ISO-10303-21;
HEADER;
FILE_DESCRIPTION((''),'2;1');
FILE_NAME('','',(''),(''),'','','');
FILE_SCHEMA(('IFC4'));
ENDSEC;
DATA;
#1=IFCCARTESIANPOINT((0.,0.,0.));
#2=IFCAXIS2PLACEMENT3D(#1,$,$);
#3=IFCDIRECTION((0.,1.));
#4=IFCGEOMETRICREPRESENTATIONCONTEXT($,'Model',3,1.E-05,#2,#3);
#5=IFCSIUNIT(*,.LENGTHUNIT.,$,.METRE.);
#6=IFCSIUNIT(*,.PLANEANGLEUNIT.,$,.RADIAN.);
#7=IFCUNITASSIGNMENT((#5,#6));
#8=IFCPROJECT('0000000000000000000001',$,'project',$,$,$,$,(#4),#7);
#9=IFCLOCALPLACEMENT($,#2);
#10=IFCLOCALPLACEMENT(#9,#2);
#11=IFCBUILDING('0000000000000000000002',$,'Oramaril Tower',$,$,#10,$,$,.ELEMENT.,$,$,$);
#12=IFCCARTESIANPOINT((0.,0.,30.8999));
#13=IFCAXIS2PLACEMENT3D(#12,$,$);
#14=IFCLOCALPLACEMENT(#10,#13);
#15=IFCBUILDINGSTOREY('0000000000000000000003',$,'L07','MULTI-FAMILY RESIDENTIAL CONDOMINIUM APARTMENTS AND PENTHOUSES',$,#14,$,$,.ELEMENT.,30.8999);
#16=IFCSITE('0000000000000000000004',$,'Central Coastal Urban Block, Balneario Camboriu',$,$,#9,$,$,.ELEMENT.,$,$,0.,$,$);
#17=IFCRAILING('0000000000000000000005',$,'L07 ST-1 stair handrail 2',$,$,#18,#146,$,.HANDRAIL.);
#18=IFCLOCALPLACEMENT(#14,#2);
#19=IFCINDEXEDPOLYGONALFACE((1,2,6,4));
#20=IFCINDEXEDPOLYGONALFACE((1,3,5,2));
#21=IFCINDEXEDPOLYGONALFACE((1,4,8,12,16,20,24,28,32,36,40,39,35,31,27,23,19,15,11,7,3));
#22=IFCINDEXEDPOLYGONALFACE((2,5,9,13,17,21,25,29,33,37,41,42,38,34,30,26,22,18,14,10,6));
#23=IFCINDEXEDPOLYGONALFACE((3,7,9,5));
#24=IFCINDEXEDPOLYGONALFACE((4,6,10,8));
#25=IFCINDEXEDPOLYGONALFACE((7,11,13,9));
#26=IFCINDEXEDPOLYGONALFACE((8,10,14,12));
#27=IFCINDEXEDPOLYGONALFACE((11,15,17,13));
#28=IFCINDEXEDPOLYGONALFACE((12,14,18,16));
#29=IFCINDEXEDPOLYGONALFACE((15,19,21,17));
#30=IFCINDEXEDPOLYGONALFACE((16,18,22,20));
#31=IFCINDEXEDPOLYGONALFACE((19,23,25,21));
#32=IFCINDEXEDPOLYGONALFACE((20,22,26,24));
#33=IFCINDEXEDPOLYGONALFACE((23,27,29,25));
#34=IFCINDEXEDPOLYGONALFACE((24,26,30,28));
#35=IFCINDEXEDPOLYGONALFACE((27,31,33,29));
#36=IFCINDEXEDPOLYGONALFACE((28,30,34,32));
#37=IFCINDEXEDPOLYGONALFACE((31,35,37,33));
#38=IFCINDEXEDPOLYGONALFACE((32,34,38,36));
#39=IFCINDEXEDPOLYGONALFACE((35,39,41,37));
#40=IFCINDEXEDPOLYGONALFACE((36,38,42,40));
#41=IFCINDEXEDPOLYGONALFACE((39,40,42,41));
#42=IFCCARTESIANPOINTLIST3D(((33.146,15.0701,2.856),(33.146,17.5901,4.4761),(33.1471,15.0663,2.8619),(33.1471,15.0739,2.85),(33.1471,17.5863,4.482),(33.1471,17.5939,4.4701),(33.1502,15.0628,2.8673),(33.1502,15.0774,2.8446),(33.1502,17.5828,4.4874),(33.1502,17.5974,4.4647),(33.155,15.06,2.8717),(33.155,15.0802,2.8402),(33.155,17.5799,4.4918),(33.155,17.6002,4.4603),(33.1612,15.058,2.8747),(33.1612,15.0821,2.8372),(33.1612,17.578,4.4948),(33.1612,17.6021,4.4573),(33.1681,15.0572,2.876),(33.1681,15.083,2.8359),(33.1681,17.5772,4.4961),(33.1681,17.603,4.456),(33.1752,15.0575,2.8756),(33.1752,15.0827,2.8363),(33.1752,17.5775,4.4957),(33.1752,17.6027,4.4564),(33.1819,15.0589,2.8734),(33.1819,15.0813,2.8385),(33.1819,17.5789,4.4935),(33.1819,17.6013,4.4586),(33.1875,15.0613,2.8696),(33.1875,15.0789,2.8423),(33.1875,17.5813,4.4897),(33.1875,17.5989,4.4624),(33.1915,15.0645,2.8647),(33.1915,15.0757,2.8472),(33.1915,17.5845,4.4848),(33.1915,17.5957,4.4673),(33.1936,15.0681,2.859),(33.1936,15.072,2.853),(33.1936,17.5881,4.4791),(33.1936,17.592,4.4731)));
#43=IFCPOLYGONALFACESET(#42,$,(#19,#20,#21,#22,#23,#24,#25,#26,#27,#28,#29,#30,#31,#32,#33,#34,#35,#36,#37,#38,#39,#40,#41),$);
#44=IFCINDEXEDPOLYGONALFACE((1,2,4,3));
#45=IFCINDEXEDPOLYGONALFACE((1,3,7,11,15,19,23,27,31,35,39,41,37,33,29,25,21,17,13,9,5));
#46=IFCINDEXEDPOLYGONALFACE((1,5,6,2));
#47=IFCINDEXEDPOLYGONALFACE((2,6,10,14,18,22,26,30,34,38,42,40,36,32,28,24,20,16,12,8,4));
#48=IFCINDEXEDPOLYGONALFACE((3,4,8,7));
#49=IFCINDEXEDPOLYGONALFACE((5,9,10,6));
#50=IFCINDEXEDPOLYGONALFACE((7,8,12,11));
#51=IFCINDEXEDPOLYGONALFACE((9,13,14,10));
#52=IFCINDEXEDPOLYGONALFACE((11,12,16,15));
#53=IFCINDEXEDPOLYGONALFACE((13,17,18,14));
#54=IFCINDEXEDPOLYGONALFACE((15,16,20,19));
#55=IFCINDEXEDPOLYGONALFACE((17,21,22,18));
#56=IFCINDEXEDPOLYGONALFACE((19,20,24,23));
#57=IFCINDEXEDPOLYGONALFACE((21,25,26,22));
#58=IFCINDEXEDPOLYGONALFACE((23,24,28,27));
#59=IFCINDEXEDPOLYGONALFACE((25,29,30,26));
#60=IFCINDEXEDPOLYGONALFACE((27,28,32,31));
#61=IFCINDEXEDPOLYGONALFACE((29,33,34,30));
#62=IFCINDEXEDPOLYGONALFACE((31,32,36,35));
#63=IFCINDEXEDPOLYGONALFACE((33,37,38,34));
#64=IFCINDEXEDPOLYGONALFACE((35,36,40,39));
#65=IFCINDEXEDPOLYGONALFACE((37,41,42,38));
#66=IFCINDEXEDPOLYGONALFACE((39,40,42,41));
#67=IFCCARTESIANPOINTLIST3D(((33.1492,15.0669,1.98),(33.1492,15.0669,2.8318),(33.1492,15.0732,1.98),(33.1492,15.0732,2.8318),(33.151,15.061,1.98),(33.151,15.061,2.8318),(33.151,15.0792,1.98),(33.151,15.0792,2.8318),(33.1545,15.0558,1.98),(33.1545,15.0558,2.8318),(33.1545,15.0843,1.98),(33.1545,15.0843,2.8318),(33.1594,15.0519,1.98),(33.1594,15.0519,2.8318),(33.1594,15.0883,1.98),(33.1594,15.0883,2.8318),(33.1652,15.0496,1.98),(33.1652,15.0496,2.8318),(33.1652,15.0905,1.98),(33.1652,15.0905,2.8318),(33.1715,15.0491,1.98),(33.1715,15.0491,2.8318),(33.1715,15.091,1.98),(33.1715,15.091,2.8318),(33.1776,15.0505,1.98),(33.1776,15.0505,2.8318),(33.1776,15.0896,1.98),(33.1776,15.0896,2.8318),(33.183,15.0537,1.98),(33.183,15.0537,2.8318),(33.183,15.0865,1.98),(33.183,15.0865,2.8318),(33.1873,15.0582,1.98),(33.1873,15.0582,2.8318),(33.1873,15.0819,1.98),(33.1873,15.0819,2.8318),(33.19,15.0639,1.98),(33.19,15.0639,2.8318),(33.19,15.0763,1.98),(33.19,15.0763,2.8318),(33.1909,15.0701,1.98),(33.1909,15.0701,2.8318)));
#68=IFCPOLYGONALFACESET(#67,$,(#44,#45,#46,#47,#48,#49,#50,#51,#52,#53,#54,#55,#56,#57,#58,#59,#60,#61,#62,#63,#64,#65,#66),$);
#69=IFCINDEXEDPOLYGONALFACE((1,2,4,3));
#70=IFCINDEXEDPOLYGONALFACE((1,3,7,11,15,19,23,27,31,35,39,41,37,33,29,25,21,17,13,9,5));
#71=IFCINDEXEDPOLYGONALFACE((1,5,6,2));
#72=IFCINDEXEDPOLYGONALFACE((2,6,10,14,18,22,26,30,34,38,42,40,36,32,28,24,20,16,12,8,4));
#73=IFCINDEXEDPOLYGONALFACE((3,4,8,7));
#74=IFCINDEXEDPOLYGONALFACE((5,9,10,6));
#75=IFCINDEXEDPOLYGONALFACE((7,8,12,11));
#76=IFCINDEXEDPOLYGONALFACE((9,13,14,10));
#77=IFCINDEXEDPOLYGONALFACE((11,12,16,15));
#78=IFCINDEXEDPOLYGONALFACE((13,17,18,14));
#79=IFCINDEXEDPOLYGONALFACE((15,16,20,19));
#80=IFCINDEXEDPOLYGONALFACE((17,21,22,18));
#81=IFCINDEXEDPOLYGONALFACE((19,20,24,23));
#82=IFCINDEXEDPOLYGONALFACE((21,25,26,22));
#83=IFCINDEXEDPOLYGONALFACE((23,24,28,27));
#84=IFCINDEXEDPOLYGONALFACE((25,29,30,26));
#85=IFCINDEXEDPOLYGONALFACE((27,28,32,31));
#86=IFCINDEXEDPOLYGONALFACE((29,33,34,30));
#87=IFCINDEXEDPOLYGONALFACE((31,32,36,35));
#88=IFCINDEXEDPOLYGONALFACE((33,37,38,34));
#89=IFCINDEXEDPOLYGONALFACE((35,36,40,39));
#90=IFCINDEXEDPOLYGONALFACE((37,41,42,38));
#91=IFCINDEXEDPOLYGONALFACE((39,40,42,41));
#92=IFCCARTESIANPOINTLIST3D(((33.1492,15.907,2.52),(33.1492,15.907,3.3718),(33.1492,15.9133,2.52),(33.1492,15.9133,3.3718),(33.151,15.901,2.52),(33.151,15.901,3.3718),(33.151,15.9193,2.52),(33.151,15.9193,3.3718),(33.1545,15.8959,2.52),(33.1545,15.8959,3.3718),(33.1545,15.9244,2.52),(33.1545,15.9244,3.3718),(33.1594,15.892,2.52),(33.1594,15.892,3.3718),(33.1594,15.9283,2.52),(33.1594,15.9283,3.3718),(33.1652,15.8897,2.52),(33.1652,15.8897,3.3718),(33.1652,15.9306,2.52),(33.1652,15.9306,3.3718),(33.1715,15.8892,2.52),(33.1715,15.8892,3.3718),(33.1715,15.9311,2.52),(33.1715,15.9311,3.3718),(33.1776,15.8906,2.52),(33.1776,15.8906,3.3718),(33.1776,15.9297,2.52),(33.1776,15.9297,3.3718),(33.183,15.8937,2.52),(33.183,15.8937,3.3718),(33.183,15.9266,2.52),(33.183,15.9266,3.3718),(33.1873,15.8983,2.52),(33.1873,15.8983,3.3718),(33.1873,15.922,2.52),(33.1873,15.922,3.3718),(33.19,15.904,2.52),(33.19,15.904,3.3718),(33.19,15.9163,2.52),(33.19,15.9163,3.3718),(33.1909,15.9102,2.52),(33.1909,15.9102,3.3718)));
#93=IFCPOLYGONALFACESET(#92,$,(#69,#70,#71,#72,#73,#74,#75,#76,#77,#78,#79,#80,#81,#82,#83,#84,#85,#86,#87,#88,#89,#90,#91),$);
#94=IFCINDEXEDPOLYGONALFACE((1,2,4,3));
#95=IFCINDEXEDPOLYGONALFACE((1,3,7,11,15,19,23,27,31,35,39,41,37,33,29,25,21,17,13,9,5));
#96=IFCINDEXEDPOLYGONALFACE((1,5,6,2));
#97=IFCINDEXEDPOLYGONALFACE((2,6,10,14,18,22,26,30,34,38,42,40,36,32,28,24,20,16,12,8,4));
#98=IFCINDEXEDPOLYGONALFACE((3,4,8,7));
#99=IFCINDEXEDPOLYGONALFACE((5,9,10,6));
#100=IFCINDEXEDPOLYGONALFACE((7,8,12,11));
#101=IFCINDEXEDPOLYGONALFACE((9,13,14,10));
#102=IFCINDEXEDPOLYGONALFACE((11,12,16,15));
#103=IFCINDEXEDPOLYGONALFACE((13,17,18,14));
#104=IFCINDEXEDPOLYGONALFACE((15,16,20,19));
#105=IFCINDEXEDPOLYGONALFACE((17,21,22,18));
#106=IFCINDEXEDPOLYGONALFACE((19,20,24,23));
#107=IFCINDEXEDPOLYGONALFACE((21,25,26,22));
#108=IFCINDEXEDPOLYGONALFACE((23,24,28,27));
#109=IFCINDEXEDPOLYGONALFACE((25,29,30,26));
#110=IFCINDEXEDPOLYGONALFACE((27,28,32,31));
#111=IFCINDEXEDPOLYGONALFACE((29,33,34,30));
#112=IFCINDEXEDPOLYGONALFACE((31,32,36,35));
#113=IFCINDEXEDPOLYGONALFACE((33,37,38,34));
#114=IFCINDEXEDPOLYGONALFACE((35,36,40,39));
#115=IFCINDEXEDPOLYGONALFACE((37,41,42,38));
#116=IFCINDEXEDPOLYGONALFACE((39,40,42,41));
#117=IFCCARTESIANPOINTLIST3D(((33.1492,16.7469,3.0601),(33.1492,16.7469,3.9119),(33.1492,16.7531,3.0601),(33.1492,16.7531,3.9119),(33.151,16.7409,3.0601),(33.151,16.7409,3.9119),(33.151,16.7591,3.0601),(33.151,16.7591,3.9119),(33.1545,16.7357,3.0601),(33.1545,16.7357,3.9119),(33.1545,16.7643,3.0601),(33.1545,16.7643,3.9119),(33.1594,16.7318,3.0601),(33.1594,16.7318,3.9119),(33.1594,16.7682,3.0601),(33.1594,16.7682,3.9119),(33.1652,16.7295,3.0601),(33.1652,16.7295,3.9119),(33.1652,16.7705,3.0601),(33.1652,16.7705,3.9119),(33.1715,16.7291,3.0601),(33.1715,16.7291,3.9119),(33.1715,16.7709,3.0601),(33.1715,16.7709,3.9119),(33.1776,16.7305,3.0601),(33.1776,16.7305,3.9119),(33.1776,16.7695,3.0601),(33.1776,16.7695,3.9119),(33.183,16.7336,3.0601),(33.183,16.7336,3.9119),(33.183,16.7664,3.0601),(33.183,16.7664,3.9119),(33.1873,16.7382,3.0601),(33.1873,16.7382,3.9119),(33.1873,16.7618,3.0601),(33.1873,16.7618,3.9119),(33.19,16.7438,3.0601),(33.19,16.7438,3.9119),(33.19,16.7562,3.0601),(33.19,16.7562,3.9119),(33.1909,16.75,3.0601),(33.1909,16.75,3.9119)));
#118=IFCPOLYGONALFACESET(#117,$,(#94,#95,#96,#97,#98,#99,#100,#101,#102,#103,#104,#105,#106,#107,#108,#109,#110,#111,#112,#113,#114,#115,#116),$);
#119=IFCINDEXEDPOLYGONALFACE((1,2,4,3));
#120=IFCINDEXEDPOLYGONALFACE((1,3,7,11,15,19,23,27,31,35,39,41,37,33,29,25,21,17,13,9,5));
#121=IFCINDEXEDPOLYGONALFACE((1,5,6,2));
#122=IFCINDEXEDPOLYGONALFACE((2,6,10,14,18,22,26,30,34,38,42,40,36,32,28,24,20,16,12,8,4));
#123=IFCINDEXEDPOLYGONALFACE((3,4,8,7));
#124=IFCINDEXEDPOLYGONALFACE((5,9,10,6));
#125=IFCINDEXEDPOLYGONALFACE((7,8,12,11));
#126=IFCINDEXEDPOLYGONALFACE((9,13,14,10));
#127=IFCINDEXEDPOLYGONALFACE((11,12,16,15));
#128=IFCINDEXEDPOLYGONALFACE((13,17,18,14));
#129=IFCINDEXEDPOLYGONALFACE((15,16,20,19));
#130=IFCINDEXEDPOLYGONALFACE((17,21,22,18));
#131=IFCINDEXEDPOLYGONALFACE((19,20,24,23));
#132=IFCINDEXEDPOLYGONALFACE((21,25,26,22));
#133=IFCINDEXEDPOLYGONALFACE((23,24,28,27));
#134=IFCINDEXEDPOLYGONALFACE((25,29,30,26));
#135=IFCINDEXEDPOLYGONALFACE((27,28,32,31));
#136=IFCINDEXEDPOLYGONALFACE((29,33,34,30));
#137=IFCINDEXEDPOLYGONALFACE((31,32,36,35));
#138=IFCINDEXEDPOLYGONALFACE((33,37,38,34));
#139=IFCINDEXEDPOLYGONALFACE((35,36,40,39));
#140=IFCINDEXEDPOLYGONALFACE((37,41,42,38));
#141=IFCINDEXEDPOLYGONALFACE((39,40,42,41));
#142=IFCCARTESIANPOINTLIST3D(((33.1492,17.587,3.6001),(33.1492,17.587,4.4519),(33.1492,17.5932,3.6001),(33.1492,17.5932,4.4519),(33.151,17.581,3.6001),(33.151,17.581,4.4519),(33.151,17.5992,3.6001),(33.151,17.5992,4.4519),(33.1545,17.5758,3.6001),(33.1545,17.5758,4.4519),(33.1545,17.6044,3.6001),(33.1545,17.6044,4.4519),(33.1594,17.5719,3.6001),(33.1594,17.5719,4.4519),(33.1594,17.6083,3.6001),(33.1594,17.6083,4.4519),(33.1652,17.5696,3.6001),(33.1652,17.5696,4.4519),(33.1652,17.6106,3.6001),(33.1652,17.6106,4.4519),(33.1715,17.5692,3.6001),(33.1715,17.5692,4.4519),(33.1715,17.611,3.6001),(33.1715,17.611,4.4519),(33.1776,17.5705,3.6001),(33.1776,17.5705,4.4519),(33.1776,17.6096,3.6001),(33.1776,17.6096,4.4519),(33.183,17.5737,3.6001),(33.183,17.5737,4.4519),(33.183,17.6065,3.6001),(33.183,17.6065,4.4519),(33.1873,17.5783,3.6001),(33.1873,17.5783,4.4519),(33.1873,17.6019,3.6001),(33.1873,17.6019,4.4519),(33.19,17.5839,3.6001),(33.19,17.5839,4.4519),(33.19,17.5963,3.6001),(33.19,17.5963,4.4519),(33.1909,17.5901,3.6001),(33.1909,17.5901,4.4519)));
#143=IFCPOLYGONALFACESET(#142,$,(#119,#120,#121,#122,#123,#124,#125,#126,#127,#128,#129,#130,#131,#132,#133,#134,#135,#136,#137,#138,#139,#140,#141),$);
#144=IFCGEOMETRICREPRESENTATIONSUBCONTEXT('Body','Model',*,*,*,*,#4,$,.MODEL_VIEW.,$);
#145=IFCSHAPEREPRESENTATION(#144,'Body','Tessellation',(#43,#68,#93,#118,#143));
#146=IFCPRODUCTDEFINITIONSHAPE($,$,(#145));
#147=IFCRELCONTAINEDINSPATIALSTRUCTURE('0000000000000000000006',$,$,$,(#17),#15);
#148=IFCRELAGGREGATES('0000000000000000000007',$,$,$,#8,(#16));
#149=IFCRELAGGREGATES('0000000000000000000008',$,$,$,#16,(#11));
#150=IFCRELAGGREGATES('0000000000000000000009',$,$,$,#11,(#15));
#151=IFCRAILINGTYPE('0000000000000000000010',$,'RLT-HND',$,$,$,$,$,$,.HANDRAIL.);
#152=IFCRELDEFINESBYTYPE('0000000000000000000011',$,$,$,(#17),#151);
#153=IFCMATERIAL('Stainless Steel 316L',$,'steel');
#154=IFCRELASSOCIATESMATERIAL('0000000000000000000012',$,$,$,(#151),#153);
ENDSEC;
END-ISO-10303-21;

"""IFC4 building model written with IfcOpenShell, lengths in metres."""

from ifc_helpers import new_model, si_unit, direction, frame, origin, origin_2d, place, context, subcontext, project, spatial, circle, extrude, material, type_object, element, save


model = new_model("IFC4")

# Units and contexts
model_context = context("Model", 3, precision=1e-05, world=origin(), true_north=direction((0.0, 1.0)))
body_context = subcontext(model_context, "Body", "Model", "MODEL_VIEW")
ifc_project = project(units=[si_unit("LENGTHUNIT", "METRE"), si_unit("PLANEANGLEUNIT", "RADIAN")], contexts=[model_context])

# Site, building, storey
site_placement = place(None, origin())
site = spatial("IfcSite", under=ifc_project, at=site_placement, Name="Central Coastal Urban Block, Balneario Camboriu", CompositionType="ELEMENT", RefElevation=0.0)
building_placement = place(site_placement, origin())
building = spatial("IfcBuilding", under=site, at=building_placement, Name="Oramaril Tower", CompositionType="ELEMENT")
storey_placement = place(building_placement, frame((0.0, 0.0, 30.8999)))
storey = spatial("IfcBuildingStorey", under=building, at=storey_placement, Name="L07", Description="MULTI-FAMILY RESIDENTIAL CONDOMINIUM APARTMENTS AND PENTHOUSES", CompositionType="ELEMENT", Elevation=30.8999)

# Railing
ifc_material_1 = material(Name="Stainless Steel 316L", Category="steel")
railing_type_1 = type_object("IfcRailingType", Name="RLT-HND", PredefinedType="HANDRAIL", material=ifc_material_1)
railing_1_placement = place(storey_placement, frame((33.1699, 15.0701, 1.98)))
element("IfcRailing", 1, at=railing_1_placement, inside=storey, type_object=railing_type_1, Name="L07 ST-1 stair handrail 2", PredefinedType="HANDRAIL", context=body_context, shape_type="SweptSolid", body=[
    extrude(circle(Radius=0.0239, at=origin_2d()), frame((0.0, 0.0, 0.876), z_axis=(0.0, 0.841163, 0.540782), x_axis=(-1.0, 0.0, 0.0)), (0.0, 0.0, 1.0), 2.9958),
    extrude(circle(Radius=0.021, at=origin_2d()), origin(), (0.0, 0.0, 1.0), 0.8518),
    extrude(circle(Radius=0.021, at=origin_2d()), frame((0.0, 0.8401, 0.54)), (0.0, 0.0, 1.0), 0.8518),
    extrude(circle(Radius=0.021, at=origin_2d()), frame((0.0, 1.6799, 1.0801)), (0.0, 0.0, 1.0), 0.8518),
    extrude(circle(Radius=0.021, at=origin_2d()), frame((0.0, 2.52, 1.6201)), (0.0, 0.0, 1.0), 0.8518),
])

save(model, "model.ifc")
